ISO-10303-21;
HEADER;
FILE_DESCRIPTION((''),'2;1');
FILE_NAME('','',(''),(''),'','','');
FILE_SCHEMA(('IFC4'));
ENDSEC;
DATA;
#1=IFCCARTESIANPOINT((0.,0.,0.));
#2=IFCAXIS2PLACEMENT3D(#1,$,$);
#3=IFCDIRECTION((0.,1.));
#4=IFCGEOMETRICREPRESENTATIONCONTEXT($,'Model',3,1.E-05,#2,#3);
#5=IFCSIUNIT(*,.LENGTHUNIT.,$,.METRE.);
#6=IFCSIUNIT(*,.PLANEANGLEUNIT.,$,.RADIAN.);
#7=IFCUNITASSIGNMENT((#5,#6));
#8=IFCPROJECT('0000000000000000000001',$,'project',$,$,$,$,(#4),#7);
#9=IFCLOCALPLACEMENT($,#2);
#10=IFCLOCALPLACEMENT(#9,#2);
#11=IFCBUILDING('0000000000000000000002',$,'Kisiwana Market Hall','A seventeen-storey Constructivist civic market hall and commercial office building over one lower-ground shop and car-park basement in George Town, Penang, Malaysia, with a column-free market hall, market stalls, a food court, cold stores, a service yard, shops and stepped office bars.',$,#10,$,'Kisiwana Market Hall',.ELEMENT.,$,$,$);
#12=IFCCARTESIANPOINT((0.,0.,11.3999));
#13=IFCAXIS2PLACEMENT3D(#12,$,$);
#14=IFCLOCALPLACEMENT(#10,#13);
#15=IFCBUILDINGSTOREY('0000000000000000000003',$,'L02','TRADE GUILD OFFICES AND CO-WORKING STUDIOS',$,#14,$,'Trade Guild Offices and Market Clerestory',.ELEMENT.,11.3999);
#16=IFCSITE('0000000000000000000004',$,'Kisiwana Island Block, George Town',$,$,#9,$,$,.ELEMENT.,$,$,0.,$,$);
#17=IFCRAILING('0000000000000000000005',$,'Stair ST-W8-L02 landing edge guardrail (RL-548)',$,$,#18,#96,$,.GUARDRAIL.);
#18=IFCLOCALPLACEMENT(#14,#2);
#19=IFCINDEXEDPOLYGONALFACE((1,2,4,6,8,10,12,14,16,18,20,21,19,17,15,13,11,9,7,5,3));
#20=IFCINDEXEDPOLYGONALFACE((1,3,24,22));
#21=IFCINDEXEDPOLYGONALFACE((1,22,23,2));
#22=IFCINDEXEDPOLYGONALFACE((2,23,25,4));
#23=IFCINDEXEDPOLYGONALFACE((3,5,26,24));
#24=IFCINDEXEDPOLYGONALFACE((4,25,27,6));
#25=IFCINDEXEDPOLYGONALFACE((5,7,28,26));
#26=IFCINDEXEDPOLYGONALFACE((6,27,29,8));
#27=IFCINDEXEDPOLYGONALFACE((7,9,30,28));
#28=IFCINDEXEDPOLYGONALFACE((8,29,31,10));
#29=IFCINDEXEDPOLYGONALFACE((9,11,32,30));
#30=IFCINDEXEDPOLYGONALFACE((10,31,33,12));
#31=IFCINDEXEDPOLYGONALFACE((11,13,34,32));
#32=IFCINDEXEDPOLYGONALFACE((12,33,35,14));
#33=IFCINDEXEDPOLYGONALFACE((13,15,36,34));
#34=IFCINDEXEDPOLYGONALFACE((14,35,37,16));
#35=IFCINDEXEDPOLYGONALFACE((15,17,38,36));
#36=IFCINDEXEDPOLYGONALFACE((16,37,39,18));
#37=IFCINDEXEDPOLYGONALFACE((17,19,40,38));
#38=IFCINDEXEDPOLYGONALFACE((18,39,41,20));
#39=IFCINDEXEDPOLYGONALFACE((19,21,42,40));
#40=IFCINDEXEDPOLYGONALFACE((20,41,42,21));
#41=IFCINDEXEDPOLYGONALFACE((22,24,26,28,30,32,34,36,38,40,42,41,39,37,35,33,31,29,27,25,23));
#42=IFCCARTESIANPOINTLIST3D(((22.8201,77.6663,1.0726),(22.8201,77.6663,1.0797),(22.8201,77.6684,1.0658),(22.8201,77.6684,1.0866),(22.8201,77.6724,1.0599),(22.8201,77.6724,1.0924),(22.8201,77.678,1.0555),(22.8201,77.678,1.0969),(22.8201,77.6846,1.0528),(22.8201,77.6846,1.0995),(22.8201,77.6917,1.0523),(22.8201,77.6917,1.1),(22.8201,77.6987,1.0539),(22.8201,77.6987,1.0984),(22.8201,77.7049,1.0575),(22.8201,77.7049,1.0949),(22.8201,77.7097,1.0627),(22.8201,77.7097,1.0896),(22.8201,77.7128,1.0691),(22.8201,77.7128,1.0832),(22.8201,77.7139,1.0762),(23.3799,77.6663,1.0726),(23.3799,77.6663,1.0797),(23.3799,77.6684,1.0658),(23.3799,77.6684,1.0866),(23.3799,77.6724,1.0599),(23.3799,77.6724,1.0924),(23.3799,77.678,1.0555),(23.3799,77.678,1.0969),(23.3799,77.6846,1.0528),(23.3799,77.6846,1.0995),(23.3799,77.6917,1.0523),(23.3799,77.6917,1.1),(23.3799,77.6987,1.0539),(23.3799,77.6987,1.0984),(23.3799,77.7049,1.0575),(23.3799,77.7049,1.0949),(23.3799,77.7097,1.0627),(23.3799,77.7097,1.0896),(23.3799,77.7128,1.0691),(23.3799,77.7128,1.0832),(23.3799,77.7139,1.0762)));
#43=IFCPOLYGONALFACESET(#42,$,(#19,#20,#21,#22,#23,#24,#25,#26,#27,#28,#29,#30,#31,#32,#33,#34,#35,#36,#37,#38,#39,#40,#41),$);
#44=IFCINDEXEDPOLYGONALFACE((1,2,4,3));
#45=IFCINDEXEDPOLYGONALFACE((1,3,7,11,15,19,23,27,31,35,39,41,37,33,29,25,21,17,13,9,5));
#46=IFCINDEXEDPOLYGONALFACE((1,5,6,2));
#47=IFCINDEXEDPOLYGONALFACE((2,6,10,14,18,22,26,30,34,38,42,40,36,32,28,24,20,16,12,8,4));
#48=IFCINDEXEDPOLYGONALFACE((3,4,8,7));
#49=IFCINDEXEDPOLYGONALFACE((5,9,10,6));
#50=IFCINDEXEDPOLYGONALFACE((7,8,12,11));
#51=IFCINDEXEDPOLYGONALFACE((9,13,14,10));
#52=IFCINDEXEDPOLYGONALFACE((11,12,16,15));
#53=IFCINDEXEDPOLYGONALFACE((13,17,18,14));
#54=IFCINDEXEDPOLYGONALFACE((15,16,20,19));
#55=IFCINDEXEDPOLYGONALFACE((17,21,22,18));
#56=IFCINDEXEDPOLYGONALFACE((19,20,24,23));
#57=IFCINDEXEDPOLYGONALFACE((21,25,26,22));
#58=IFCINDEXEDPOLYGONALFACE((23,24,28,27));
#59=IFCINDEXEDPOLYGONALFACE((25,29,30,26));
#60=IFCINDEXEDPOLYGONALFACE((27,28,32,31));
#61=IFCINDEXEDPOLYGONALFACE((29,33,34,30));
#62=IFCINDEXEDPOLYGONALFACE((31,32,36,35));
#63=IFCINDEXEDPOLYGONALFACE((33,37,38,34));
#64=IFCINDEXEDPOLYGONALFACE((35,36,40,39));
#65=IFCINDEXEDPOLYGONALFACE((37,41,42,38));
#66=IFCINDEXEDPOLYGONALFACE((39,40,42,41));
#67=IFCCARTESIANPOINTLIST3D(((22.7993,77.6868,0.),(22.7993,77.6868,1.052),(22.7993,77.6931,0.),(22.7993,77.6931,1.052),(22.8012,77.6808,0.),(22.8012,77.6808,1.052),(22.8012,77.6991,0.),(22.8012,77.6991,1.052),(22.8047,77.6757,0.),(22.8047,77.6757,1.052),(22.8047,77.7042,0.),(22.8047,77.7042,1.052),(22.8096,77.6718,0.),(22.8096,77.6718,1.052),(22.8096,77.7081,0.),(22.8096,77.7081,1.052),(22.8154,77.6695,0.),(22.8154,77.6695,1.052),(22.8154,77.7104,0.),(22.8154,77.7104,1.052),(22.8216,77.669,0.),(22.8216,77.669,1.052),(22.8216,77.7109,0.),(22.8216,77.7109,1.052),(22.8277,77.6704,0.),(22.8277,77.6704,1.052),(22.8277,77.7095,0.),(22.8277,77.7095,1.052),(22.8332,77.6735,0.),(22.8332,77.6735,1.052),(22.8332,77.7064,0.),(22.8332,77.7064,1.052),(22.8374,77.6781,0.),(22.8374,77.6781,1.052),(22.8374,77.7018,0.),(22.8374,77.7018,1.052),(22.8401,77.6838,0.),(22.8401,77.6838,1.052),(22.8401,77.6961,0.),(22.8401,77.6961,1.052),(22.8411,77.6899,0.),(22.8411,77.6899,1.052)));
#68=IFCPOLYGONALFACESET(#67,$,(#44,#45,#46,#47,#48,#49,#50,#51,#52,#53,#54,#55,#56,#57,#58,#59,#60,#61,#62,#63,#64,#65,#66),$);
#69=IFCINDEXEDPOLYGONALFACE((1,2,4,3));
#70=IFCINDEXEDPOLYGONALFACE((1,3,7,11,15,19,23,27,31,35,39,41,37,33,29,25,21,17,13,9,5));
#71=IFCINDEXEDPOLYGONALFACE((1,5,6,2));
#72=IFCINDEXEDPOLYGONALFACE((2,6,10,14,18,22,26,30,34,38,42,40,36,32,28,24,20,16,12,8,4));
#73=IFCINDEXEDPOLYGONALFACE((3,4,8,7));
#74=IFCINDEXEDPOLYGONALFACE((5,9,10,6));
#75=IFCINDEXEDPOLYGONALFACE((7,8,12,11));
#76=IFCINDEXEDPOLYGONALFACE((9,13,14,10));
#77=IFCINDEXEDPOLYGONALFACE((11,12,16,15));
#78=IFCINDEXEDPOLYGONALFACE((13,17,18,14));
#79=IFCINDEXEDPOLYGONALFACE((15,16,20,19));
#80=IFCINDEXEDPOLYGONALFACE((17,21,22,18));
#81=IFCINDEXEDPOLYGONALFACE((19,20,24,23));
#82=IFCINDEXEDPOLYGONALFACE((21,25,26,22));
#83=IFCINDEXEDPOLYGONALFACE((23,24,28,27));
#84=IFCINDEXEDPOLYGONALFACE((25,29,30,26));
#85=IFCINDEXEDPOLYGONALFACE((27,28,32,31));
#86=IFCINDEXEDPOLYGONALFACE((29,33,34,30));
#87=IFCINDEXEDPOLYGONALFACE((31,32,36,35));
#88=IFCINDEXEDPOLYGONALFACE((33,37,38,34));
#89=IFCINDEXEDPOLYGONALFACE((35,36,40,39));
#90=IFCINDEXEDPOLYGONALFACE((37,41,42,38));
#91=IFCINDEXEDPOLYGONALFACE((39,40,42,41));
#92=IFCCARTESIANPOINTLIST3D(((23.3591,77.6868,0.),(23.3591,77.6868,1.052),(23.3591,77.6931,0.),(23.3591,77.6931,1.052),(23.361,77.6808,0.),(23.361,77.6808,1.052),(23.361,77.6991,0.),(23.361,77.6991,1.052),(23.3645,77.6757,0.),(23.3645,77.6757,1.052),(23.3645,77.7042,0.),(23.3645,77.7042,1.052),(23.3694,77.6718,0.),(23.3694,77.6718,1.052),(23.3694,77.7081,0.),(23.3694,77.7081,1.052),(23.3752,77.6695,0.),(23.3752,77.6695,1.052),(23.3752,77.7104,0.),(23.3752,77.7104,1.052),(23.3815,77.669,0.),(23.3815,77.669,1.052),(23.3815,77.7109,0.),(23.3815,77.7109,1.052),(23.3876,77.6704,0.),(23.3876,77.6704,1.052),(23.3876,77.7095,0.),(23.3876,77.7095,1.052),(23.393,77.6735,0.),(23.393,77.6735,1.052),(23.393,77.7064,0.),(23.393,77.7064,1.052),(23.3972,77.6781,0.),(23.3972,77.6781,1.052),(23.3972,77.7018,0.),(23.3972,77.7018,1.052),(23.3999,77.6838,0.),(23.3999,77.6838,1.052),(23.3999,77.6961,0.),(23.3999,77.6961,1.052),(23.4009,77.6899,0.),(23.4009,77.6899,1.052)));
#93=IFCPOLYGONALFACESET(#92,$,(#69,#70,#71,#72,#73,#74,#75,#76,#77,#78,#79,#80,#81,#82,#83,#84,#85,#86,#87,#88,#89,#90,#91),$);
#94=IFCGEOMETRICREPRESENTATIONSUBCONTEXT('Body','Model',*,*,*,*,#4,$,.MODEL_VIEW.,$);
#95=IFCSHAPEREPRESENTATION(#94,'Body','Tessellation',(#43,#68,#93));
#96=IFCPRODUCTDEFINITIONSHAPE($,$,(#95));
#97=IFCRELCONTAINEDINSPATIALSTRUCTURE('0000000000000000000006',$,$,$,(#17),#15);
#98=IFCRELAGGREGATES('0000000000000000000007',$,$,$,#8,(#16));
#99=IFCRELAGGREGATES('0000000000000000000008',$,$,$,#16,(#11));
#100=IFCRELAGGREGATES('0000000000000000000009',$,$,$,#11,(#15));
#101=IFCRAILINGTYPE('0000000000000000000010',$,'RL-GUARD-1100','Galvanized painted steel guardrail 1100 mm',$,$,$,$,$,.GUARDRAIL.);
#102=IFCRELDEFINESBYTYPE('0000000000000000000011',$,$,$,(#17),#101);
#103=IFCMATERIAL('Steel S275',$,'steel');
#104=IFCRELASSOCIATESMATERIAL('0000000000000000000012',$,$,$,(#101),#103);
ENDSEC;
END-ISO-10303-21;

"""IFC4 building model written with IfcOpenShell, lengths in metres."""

from ifc_helpers import new_model, si_unit, direction, frame, origin, origin_2d, place, context, subcontext, project, spatial, circle, extrude, material, type_object, element, save


model = new_model("IFC4")

# Units and contexts
model_context = context("Model", 3, precision=1e-05, world=origin(), true_north=direction((0.0, 1.0)))
body_context = subcontext(model_context, "Body", "Model", "MODEL_VIEW")
ifc_project = project(units=[si_unit("LENGTHUNIT", "METRE"), si_unit("PLANEANGLEUNIT", "RADIAN")], contexts=[model_context])

# Site, building, storey
site_placement = place(None, origin())
site = spatial("IfcSite", under=ifc_project, at=site_placement, Name="Kisiwana Island Block, George Town", CompositionType="ELEMENT", RefElevation=0.0)
building_placement = place(site_placement, origin())
building = spatial("IfcBuilding", under=site, at=building_placement, Name="Kisiwana Market Hall", Description="A seventeen-storey Constructivist civic market hall and commercial office building over one lower-ground shop and car-park basement in George Town, Penang, Malaysia, with a column-free market hall, market stalls, a food court, cold stores, a service yard, shops and stepped office bars.", LongName="Kisiwana Market Hall", CompositionType="ELEMENT")
storey_placement = place(building_placement, frame((0.0, 0.0, 11.3999)))
storey = spatial("IfcBuildingStorey", under=building, at=storey_placement, Name="L02", Description="TRADE GUILD OFFICES AND CO-WORKING STUDIOS", LongName="Trade Guild Offices and Market Clerestory", CompositionType="ELEMENT", Elevation=11.3999)

# Railing
ifc_material_1 = material(Name="Steel S275", Category="steel")
railing_type_1 = type_object("IfcRailingType", Name="RL-GUARD-1100", Description="Galvanized painted steel guardrail 1100 mm", PredefinedType="GUARDRAIL", material=ifc_material_1)
railing_1_placement = place(storey_placement, frame((22.8201, 77.6899, 0.0)))
element("IfcRailing", 1, at=railing_1_placement, inside=storey, type_object=railing_type_1, Name="Stair ST-W8-L02 landing edge guardrail (RL-548)", PredefinedType="GUARDRAIL", context=body_context, shape_type="SweptSolid", body=[
    extrude(circle(Radius=0.0239, at=origin_2d()), frame((0.0, 0.0, 1.0762), z_axis=(1.0, 0.0, 0.0), x_axis=(0.0, 1.0, 0.0)), (0.0, 0.0, 1.0), 0.5598),
    extrude(circle(Radius=0.021, at=origin_2d()), origin(), (0.0, 0.0, 1.0), 1.052),
    extrude(circle(Radius=0.021, at=origin_2d()), frame((0.5598, 0.0, 0.0)), (0.0, 0.0, 1.0), 1.052),
])

save(model, "model.ifc")
